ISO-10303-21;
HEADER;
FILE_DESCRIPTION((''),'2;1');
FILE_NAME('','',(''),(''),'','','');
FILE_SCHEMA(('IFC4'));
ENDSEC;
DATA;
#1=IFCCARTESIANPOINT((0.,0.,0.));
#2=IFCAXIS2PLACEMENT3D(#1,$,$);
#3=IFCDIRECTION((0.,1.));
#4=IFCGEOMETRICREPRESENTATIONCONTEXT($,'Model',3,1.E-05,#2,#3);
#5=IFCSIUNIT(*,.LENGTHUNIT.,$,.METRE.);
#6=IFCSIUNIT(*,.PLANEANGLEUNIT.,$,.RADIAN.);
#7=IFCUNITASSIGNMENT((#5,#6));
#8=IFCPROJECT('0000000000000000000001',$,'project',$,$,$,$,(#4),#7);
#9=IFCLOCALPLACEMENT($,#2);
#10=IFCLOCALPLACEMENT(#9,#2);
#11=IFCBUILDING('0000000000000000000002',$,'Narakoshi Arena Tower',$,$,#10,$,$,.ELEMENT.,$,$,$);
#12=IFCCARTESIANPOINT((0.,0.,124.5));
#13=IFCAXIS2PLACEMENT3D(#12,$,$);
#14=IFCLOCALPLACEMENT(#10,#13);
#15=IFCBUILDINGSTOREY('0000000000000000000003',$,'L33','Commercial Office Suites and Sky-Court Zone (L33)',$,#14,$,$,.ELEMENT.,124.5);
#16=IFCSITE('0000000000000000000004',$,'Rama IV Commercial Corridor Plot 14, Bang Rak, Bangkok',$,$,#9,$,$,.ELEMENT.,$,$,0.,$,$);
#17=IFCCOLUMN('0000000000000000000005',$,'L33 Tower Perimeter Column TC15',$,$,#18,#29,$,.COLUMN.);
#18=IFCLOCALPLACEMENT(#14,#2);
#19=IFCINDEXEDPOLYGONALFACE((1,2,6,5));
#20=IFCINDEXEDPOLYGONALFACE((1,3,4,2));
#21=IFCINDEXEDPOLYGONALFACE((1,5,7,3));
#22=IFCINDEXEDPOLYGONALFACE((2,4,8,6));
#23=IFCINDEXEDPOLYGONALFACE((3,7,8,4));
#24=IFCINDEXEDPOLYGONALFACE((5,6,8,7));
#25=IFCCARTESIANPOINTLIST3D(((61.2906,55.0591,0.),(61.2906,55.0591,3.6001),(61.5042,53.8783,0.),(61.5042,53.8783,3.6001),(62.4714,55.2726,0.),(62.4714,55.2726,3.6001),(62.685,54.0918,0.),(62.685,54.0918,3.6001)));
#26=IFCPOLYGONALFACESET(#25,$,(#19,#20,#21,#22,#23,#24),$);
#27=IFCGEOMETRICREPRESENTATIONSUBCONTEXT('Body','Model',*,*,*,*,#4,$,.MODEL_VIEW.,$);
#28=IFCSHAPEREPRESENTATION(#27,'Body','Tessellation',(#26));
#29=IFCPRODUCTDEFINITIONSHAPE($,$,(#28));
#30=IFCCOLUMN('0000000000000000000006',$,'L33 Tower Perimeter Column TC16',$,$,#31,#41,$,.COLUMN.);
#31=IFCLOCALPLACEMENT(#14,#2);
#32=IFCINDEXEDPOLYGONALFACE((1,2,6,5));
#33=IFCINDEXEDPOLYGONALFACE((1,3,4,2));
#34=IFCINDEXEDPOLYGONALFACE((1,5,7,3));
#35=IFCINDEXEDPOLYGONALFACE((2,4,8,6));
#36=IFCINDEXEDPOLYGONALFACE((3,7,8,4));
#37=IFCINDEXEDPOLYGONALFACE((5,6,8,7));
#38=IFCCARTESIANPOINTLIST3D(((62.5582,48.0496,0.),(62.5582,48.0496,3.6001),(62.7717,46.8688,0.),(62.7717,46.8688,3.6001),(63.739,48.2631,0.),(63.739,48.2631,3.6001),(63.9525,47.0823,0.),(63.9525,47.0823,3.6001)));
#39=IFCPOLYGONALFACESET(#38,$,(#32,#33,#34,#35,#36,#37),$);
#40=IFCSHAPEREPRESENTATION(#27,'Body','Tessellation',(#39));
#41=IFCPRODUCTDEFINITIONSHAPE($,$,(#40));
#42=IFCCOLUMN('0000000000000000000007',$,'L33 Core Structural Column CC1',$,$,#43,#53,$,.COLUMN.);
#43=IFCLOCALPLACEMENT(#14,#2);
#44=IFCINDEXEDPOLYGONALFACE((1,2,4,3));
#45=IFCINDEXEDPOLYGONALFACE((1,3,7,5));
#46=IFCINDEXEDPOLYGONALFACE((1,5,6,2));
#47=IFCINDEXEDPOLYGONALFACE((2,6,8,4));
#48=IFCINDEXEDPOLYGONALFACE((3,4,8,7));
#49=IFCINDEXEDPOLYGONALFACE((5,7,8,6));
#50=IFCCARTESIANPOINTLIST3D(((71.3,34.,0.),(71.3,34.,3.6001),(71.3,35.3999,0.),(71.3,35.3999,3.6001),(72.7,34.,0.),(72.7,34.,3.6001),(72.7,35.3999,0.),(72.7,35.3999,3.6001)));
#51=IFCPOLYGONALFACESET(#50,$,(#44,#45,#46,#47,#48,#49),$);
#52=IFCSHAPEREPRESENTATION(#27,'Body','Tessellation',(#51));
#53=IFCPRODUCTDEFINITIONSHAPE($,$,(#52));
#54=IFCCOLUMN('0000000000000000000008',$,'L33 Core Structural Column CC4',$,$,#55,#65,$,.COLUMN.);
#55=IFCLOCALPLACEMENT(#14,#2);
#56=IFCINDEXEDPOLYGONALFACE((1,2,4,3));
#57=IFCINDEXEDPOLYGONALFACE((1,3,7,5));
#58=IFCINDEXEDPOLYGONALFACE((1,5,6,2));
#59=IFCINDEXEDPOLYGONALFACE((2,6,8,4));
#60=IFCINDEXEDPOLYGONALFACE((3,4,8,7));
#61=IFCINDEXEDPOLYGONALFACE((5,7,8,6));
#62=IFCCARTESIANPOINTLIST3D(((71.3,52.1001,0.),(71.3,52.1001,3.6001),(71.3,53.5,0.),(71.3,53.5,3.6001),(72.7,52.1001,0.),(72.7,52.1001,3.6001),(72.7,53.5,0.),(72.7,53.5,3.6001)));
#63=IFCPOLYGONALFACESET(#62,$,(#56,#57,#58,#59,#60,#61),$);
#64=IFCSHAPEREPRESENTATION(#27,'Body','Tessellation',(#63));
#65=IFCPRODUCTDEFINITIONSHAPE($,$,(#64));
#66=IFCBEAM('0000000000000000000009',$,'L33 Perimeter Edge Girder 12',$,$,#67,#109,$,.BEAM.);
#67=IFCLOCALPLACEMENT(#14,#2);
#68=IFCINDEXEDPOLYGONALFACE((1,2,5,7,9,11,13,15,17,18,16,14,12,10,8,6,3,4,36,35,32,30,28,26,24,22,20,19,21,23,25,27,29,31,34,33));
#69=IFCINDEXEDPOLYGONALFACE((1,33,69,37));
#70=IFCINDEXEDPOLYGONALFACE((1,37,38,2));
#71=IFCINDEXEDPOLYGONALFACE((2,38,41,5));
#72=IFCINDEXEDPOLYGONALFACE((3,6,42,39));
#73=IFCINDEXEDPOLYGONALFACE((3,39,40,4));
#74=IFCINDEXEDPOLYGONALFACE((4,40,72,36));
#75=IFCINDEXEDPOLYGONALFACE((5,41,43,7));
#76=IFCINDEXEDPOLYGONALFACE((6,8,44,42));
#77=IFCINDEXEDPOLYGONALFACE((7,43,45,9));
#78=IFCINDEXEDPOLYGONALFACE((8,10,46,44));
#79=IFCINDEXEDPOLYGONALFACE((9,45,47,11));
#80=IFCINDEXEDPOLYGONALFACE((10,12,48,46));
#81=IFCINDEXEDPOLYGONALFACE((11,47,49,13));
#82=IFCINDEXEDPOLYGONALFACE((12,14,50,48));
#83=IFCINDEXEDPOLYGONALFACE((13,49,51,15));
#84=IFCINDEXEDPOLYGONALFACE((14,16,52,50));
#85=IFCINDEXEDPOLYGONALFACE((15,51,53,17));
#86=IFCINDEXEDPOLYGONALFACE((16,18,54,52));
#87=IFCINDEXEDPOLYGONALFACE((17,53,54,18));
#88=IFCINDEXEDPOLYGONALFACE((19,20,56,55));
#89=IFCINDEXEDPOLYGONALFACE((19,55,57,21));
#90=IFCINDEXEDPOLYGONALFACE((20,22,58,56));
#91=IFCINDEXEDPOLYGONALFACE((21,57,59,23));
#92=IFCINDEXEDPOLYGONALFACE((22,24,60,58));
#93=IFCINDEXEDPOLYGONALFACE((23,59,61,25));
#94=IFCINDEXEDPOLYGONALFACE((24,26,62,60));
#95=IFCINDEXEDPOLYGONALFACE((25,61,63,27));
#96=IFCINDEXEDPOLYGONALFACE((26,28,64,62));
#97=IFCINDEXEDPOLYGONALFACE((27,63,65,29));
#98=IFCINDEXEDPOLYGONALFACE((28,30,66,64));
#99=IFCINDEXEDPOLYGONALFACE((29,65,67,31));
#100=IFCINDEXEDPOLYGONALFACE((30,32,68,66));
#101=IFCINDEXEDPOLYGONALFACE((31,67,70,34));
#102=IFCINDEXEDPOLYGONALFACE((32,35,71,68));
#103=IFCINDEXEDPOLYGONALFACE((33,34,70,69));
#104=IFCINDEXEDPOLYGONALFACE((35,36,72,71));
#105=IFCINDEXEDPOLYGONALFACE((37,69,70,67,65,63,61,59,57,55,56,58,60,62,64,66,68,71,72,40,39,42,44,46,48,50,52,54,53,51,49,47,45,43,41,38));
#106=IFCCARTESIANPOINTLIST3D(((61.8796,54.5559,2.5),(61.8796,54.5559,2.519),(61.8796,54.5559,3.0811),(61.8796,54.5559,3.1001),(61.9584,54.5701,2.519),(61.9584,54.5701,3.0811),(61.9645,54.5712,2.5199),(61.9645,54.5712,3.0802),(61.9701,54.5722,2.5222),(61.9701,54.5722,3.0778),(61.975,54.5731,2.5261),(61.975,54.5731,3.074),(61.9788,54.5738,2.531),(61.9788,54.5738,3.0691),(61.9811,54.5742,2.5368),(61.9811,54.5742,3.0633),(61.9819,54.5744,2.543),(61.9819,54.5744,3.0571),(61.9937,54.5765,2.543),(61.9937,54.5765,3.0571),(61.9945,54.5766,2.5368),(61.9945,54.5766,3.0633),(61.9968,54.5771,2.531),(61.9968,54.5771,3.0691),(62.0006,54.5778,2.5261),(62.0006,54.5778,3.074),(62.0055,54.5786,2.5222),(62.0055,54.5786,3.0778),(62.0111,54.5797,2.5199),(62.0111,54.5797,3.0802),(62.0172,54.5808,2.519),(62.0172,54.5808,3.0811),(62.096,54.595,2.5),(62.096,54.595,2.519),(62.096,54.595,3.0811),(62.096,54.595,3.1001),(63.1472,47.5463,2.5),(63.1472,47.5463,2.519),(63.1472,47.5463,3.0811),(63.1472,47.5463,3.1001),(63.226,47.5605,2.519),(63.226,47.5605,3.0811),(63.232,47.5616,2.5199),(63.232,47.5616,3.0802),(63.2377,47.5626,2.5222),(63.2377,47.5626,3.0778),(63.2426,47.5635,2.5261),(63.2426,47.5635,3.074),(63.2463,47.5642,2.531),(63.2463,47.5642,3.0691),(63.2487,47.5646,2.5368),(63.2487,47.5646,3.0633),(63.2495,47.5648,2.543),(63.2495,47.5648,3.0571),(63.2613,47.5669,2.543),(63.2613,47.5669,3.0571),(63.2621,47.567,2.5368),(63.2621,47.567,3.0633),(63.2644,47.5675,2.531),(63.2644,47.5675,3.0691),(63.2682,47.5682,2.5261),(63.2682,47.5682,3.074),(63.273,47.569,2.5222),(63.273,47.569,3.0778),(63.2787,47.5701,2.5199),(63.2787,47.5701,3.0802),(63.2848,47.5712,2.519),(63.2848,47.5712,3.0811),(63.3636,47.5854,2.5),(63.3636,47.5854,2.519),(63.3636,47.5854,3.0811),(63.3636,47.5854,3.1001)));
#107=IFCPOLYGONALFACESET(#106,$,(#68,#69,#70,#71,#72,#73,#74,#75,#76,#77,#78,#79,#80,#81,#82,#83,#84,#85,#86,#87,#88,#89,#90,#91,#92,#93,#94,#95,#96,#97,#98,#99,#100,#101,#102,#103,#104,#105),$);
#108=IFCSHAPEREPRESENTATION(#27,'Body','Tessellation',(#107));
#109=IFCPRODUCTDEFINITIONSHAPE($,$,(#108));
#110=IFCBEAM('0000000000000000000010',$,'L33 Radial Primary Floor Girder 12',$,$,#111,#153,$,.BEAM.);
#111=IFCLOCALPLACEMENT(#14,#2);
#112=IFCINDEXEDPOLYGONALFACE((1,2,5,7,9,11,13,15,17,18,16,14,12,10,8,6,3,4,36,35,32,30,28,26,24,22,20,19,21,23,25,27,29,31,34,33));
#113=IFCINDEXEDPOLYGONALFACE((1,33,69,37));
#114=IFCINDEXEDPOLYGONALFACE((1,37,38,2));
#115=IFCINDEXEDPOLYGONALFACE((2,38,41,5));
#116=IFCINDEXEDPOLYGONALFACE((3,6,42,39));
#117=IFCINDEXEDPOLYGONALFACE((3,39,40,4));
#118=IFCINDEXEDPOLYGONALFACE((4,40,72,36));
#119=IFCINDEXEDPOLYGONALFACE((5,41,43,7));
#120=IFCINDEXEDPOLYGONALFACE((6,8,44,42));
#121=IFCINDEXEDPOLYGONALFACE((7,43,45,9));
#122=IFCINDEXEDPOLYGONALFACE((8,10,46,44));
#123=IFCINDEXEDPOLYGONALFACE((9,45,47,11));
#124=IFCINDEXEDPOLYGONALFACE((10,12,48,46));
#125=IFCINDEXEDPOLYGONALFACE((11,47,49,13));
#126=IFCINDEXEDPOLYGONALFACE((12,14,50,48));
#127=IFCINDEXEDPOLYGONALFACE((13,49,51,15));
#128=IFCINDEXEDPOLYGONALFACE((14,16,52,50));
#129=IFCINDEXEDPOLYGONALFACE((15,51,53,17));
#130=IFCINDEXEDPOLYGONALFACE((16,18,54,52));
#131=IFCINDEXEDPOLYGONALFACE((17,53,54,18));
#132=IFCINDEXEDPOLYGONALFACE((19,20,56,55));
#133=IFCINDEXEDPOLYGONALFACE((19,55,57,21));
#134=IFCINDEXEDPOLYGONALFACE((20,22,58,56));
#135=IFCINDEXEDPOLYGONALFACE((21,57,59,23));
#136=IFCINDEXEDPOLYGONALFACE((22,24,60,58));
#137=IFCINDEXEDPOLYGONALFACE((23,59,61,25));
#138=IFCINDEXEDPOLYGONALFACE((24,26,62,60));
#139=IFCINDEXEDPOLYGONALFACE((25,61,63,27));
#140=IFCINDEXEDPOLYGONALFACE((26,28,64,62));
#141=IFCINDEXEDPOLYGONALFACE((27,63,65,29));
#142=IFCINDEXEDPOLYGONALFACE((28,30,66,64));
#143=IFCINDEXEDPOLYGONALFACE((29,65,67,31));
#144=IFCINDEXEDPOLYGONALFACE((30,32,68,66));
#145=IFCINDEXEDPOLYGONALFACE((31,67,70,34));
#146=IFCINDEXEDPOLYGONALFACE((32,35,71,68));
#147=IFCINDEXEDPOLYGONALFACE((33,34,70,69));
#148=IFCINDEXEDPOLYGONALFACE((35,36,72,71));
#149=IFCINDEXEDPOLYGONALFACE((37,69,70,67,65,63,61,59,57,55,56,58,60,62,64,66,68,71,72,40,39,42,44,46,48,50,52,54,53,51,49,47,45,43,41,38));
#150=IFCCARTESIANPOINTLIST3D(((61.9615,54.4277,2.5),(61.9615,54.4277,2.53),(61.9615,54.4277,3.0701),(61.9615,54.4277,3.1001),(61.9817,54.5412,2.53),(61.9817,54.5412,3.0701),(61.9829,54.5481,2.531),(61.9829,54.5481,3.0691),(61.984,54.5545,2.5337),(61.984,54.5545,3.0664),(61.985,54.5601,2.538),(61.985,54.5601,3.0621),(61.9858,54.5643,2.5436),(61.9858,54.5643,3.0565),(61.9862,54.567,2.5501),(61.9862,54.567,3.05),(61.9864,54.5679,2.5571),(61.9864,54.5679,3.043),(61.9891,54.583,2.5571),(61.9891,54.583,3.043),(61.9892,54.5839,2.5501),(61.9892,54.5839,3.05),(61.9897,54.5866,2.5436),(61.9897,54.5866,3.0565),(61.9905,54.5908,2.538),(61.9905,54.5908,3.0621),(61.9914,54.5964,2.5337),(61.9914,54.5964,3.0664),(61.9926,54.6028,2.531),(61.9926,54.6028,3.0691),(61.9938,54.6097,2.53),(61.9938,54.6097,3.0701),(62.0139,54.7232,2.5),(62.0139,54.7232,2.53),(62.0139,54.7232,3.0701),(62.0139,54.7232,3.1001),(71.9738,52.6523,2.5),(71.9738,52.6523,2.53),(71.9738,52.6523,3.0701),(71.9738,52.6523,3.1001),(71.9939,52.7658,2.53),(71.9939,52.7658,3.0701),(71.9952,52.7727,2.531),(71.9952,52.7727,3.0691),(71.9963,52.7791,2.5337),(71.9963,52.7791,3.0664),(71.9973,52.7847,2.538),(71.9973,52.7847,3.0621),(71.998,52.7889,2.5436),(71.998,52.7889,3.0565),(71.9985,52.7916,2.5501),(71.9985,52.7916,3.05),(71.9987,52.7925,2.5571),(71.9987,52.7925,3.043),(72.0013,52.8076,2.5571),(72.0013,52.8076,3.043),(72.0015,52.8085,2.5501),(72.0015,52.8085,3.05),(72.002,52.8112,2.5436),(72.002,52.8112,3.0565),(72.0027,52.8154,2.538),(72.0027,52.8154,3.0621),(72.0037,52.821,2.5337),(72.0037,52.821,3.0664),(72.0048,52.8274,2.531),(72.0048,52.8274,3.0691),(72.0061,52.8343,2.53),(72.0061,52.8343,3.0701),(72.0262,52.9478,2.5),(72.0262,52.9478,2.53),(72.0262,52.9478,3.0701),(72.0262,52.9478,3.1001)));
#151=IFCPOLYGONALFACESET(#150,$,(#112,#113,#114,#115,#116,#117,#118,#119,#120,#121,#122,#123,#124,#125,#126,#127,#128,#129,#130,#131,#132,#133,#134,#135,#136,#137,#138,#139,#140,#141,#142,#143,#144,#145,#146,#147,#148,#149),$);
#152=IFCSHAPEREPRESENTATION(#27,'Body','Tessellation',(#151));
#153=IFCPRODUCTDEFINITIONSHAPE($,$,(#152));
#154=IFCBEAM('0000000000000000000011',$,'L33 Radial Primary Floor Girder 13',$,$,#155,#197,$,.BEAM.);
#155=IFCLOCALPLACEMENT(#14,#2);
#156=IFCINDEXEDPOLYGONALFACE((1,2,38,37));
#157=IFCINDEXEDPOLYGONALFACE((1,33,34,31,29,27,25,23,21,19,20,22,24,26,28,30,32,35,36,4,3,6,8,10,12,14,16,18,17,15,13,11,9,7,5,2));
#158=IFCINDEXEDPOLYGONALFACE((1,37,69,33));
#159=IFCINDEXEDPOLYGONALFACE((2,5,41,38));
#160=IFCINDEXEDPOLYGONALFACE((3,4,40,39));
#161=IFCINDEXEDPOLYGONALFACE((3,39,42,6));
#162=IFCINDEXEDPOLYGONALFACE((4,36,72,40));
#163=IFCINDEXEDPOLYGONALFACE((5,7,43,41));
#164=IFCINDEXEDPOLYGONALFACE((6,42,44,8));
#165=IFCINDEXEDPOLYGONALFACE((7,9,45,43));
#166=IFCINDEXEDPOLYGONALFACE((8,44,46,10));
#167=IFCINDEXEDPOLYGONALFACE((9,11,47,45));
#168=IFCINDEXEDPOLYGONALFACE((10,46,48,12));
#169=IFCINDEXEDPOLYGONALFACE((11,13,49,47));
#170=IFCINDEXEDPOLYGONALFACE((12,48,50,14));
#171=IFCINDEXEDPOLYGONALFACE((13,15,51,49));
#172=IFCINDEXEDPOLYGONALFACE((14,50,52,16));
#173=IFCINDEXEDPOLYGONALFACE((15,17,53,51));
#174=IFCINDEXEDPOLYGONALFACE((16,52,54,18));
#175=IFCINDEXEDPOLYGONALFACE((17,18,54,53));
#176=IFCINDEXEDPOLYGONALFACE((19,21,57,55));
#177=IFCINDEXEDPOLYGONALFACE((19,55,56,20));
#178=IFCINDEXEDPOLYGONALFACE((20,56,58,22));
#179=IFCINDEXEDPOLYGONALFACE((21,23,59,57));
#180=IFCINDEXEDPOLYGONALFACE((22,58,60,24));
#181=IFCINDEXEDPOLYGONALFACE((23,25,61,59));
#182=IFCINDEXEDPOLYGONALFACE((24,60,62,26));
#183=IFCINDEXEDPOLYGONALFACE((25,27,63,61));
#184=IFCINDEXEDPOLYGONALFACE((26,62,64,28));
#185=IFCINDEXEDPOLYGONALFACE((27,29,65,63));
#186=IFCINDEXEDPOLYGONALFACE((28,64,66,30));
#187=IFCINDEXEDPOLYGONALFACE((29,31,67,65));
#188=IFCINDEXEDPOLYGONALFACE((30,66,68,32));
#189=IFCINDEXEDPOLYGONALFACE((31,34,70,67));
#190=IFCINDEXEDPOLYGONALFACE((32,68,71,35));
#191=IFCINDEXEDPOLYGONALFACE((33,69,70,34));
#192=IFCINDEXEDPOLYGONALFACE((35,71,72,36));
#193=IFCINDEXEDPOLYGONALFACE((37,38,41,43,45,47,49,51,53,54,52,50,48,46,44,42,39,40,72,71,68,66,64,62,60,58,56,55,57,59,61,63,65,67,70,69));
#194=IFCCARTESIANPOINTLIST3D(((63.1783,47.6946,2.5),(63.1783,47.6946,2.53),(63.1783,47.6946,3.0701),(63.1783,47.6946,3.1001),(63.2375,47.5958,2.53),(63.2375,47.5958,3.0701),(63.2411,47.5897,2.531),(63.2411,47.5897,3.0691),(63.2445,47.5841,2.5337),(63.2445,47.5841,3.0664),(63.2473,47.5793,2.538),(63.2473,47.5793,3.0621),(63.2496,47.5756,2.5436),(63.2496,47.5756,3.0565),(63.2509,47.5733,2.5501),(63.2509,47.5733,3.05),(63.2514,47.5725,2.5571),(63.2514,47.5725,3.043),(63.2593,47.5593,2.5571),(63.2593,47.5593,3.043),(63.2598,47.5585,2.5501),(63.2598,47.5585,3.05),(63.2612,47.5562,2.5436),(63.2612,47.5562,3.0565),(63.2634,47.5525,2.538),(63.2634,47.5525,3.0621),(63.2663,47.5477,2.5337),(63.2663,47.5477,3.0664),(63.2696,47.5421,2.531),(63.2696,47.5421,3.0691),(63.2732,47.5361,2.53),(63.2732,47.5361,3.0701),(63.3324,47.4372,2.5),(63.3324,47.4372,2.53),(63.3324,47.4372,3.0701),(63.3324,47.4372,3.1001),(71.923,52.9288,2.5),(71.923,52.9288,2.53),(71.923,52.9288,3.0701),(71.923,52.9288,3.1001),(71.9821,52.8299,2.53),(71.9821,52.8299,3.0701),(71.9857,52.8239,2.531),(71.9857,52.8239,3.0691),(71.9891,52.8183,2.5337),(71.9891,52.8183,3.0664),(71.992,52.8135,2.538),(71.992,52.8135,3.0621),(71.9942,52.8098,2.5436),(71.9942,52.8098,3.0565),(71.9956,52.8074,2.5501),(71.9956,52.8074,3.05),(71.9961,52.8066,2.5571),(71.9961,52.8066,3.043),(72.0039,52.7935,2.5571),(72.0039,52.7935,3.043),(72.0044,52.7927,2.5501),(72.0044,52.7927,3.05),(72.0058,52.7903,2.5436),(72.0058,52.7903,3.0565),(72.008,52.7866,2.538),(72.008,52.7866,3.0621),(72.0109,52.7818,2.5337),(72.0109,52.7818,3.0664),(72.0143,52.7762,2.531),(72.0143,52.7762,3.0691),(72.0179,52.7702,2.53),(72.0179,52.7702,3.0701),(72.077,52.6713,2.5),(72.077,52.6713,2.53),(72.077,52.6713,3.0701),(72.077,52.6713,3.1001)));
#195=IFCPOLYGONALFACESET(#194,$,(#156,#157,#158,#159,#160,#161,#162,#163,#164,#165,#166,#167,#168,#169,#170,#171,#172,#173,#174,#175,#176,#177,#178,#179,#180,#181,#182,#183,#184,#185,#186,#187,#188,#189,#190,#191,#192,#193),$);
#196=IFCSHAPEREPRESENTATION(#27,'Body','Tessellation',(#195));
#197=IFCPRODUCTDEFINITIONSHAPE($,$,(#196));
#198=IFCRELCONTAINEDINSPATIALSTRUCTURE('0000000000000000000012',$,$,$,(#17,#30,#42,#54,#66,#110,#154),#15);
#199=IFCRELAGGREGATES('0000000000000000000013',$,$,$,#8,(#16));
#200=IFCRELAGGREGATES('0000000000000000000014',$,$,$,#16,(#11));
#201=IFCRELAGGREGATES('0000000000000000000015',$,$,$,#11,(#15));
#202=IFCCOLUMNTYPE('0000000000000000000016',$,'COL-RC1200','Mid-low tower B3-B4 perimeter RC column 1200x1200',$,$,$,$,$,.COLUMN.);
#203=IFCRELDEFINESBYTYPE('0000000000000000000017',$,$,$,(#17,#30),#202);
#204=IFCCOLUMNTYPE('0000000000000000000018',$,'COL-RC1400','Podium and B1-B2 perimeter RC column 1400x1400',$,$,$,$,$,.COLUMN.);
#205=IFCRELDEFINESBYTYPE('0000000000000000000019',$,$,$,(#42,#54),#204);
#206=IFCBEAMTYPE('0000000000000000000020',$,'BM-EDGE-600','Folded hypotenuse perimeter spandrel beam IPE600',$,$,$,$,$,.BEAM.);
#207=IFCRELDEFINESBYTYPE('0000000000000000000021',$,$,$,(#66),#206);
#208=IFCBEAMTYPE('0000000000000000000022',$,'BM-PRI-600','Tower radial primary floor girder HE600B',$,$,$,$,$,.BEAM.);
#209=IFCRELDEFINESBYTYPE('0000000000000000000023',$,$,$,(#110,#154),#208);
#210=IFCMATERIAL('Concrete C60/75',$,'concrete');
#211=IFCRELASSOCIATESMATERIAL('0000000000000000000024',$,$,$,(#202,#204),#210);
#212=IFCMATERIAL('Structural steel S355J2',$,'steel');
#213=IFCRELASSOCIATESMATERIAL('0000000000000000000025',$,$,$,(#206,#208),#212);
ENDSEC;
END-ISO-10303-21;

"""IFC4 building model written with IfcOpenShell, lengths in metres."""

from ifc_helpers import new_model, si_unit, direction, frame, origin, origin_2d, place, context, subcontext, project, spatial, rectangle, i_section, extrude, material, material_profile, profile_set, type_object, element, save


model = new_model("IFC4")

# Units and contexts
model_context = context("Model", 3, precision=1e-05, world=origin(), true_north=direction((0.0, 1.0)))
body_context = subcontext(model_context, "Body", "Model", "MODEL_VIEW")
ifc_project = project(units=[si_unit("LENGTHUNIT", "METRE"), si_unit("PLANEANGLEUNIT", "RADIAN")], contexts=[model_context])

# Site, building, storey
site_placement = place(None, origin())
site = spatial("IfcSite", under=ifc_project, at=site_placement, Name="Rama IV Commercial Corridor Plot 14, Bang Rak, Bangkok", CompositionType="ELEMENT", RefElevation=0.0)
building_placement = place(site_placement, origin())
building = spatial("IfcBuilding", under=site, at=building_placement, Name="Narakoshi Arena Tower", CompositionType="ELEMENT")
storey_placement = place(building_placement, frame((0.0, 0.0, 124.5)))
storey = spatial("IfcBuildingStorey", under=building, at=storey_placement, Name="L33", Description="Commercial Office Suites and Sky-Court Zone (L33)", CompositionType="ELEMENT", Elevation=124.5)

# Columns
ifc_material_1 = material(Name="Concrete C60/75", Category="concrete")
ifc_material_profile_1 = material_profile(ifc_material_1, rectangle(XDim=1.2, YDim=1.2, at=origin_2d()), Name="RC1200x1200")
ifc_profile_set_1 = profile_set([ifc_material_profile_1], Name="Concrete C60/75")
column_type_1 = type_object("IfcColumnType", Name="COL-RC1200", Description="Mid-low tower B3-B4 perimeter RC column 1200x1200", PredefinedType="COLUMN", material=ifc_profile_set_1)
for number, where, z_axis, x_axis, name in (
    (1, (61.9878, 54.5754, 0.0), (0.0, 0.0, 1.0), (-0.177944, 0.984041, 0.0), "L33 Tower Perimeter Column TC15"),
    (2, (63.2554, 47.5659, 0.0), (0.0, 0.0, 1.0), (-0.177944, 0.984041, 0.0), "L33 Tower Perimeter Column TC16"),
):
    element("IfcColumn", number, at=place(storey_placement, frame(where, z_axis=z_axis, x_axis=x_axis)), inside=storey, type_object=column_type_1, Name=name, PredefinedType="COLUMN", context=body_context, shape_type="SweptSolid", body=[
        extrude(rectangle(XDim=1.2, YDim=1.2, at=origin_2d()), origin(), (0.0, 0.0, 1.0), 3.6001),
    ])
ifc_material_profile_2 = material_profile(ifc_material_1, rectangle(XDim=1.3999, YDim=1.3999, at=origin_2d()), Name="RC1400x1400")
ifc_profile_set_2 = profile_set([ifc_material_profile_2], Name="Concrete C60/75")
column_type_2 = type_object("IfcColumnType", Name="COL-RC1400", Description="Podium and B1-B2 perimeter RC column 1400x1400", PredefinedType="COLUMN", material=ifc_profile_set_2)
for number, where, z_axis, x_axis, name in (
    (3, (72.0, 34.7, 0.0), (0.0, 0.0, 1.0), (1.0, 0.0, 0.0), "L33 Core Structural Column CC1"),
    (4, (72.0, 52.8, 0.0), (0.0, 0.0, 1.0), (1.0, 0.0, 0.0), "L33 Core Structural Column CC4"),
):
    element("IfcColumn", number, at=place(storey_placement, frame(where, z_axis=z_axis, x_axis=x_axis)), inside=storey, type_object=column_type_2, Name=name, PredefinedType="COLUMN", context=body_context, shape_type="SweptSolid", body=[
        extrude(rectangle(XDim=1.3999, YDim=1.3999, at=origin_2d()), origin(), (0.0, 0.0, 1.0), 3.6001),
    ])

# Beams
ifc_material_2 = material(Name="Structural steel S355J2", Category="steel")
ifc_material_profile_3 = material_profile(ifc_material_2, i_section(OverallWidth=0.22, OverallDepth=0.6001, WebThickness=0.012, FlangeThickness=0.019, FilletRadius=0.0239, at=origin_2d()), Name="IPE600")
ifc_profile_set_3 = profile_set([ifc_material_profile_3], Name="Structural steel S355J2")
beam_type_1 = type_object("IfcBeamType", Name="BM-EDGE-600", Description="Folded hypotenuse perimeter spandrel beam IPE600", PredefinedType="BEAM", material=ifc_profile_set_3)
beam_1_placement = place(storey_placement, frame((61.9878, 54.5754, 2.8), z_axis=(0.17795, -0.984039, 0.0), x_axis=(0.984039, 0.17795, 0.0)))
element("IfcBeam", 5, at=beam_1_placement, inside=storey, type_object=beam_type_1, Name="L33 Perimeter Edge Girder 12", PredefinedType="BEAM", context=body_context, shape_type="SweptSolid", body=[
    extrude(i_section(OverallWidth=0.22, OverallDepth=0.6001, WebThickness=0.012, FlangeThickness=0.019, FilletRadius=0.0239, at=origin_2d()), origin(), (0.0, 0.0, 1.0), 7.1233),
])
ifc_material_profile_4 = material_profile(ifc_material_2, i_section(OverallWidth=0.3, OverallDepth=0.6001, WebThickness=0.0154, FlangeThickness=0.03, FilletRadius=0.0271, at=origin_2d()), Name="HE600B")
ifc_profile_set_4 = profile_set([ifc_material_profile_4], Name="Structural steel S355J2")
beam_type_2 = type_object("IfcBeamType", Name="BM-PRI-600", Description="Tower radial primary floor girder HE600B", PredefinedType="BEAM", material=ifc_profile_set_4)
beam_2_placement = place(storey_placement, frame((72.0, 52.8, 2.8), z_axis=(-0.98464, 0.174599, 0.0), x_axis=(-0.174599, -0.98464, 0.0)))
element("IfcBeam", 6, at=beam_2_placement, inside=storey, type_object=beam_type_2, Name="L33 Radial Primary Floor Girder 12", PredefinedType="BEAM", context=body_context, shape_type="SweptSolid", body=[
    extrude(i_section(OverallWidth=0.3, OverallDepth=0.6001, WebThickness=0.0154, FlangeThickness=0.03, FilletRadius=0.0271, at=origin_2d()), origin(), (0.0, 0.0, 1.0), 10.1685),
])
beam_3_placement = place(storey_placement, frame((72.0, 52.8, 2.8), z_axis=(-0.85804, -0.513583, 0.0), x_axis=(0.513583, -0.85804, 0.0)))
element("IfcBeam", 7, at=beam_3_placement, inside=storey, type_object=beam_type_2, Name="L33 Radial Primary Floor Girder 13", PredefinedType="BEAM", context=body_context, shape_type="SweptSolid", body=[
    extrude(i_section(OverallWidth=0.3, OverallDepth=0.6001, WebThickness=0.0154, FlangeThickness=0.03, FilletRadius=0.0271, at=origin_2d()), origin(), (0.0, 0.0, 1.0), 10.1914),
])

save(model, "model.ifc")
